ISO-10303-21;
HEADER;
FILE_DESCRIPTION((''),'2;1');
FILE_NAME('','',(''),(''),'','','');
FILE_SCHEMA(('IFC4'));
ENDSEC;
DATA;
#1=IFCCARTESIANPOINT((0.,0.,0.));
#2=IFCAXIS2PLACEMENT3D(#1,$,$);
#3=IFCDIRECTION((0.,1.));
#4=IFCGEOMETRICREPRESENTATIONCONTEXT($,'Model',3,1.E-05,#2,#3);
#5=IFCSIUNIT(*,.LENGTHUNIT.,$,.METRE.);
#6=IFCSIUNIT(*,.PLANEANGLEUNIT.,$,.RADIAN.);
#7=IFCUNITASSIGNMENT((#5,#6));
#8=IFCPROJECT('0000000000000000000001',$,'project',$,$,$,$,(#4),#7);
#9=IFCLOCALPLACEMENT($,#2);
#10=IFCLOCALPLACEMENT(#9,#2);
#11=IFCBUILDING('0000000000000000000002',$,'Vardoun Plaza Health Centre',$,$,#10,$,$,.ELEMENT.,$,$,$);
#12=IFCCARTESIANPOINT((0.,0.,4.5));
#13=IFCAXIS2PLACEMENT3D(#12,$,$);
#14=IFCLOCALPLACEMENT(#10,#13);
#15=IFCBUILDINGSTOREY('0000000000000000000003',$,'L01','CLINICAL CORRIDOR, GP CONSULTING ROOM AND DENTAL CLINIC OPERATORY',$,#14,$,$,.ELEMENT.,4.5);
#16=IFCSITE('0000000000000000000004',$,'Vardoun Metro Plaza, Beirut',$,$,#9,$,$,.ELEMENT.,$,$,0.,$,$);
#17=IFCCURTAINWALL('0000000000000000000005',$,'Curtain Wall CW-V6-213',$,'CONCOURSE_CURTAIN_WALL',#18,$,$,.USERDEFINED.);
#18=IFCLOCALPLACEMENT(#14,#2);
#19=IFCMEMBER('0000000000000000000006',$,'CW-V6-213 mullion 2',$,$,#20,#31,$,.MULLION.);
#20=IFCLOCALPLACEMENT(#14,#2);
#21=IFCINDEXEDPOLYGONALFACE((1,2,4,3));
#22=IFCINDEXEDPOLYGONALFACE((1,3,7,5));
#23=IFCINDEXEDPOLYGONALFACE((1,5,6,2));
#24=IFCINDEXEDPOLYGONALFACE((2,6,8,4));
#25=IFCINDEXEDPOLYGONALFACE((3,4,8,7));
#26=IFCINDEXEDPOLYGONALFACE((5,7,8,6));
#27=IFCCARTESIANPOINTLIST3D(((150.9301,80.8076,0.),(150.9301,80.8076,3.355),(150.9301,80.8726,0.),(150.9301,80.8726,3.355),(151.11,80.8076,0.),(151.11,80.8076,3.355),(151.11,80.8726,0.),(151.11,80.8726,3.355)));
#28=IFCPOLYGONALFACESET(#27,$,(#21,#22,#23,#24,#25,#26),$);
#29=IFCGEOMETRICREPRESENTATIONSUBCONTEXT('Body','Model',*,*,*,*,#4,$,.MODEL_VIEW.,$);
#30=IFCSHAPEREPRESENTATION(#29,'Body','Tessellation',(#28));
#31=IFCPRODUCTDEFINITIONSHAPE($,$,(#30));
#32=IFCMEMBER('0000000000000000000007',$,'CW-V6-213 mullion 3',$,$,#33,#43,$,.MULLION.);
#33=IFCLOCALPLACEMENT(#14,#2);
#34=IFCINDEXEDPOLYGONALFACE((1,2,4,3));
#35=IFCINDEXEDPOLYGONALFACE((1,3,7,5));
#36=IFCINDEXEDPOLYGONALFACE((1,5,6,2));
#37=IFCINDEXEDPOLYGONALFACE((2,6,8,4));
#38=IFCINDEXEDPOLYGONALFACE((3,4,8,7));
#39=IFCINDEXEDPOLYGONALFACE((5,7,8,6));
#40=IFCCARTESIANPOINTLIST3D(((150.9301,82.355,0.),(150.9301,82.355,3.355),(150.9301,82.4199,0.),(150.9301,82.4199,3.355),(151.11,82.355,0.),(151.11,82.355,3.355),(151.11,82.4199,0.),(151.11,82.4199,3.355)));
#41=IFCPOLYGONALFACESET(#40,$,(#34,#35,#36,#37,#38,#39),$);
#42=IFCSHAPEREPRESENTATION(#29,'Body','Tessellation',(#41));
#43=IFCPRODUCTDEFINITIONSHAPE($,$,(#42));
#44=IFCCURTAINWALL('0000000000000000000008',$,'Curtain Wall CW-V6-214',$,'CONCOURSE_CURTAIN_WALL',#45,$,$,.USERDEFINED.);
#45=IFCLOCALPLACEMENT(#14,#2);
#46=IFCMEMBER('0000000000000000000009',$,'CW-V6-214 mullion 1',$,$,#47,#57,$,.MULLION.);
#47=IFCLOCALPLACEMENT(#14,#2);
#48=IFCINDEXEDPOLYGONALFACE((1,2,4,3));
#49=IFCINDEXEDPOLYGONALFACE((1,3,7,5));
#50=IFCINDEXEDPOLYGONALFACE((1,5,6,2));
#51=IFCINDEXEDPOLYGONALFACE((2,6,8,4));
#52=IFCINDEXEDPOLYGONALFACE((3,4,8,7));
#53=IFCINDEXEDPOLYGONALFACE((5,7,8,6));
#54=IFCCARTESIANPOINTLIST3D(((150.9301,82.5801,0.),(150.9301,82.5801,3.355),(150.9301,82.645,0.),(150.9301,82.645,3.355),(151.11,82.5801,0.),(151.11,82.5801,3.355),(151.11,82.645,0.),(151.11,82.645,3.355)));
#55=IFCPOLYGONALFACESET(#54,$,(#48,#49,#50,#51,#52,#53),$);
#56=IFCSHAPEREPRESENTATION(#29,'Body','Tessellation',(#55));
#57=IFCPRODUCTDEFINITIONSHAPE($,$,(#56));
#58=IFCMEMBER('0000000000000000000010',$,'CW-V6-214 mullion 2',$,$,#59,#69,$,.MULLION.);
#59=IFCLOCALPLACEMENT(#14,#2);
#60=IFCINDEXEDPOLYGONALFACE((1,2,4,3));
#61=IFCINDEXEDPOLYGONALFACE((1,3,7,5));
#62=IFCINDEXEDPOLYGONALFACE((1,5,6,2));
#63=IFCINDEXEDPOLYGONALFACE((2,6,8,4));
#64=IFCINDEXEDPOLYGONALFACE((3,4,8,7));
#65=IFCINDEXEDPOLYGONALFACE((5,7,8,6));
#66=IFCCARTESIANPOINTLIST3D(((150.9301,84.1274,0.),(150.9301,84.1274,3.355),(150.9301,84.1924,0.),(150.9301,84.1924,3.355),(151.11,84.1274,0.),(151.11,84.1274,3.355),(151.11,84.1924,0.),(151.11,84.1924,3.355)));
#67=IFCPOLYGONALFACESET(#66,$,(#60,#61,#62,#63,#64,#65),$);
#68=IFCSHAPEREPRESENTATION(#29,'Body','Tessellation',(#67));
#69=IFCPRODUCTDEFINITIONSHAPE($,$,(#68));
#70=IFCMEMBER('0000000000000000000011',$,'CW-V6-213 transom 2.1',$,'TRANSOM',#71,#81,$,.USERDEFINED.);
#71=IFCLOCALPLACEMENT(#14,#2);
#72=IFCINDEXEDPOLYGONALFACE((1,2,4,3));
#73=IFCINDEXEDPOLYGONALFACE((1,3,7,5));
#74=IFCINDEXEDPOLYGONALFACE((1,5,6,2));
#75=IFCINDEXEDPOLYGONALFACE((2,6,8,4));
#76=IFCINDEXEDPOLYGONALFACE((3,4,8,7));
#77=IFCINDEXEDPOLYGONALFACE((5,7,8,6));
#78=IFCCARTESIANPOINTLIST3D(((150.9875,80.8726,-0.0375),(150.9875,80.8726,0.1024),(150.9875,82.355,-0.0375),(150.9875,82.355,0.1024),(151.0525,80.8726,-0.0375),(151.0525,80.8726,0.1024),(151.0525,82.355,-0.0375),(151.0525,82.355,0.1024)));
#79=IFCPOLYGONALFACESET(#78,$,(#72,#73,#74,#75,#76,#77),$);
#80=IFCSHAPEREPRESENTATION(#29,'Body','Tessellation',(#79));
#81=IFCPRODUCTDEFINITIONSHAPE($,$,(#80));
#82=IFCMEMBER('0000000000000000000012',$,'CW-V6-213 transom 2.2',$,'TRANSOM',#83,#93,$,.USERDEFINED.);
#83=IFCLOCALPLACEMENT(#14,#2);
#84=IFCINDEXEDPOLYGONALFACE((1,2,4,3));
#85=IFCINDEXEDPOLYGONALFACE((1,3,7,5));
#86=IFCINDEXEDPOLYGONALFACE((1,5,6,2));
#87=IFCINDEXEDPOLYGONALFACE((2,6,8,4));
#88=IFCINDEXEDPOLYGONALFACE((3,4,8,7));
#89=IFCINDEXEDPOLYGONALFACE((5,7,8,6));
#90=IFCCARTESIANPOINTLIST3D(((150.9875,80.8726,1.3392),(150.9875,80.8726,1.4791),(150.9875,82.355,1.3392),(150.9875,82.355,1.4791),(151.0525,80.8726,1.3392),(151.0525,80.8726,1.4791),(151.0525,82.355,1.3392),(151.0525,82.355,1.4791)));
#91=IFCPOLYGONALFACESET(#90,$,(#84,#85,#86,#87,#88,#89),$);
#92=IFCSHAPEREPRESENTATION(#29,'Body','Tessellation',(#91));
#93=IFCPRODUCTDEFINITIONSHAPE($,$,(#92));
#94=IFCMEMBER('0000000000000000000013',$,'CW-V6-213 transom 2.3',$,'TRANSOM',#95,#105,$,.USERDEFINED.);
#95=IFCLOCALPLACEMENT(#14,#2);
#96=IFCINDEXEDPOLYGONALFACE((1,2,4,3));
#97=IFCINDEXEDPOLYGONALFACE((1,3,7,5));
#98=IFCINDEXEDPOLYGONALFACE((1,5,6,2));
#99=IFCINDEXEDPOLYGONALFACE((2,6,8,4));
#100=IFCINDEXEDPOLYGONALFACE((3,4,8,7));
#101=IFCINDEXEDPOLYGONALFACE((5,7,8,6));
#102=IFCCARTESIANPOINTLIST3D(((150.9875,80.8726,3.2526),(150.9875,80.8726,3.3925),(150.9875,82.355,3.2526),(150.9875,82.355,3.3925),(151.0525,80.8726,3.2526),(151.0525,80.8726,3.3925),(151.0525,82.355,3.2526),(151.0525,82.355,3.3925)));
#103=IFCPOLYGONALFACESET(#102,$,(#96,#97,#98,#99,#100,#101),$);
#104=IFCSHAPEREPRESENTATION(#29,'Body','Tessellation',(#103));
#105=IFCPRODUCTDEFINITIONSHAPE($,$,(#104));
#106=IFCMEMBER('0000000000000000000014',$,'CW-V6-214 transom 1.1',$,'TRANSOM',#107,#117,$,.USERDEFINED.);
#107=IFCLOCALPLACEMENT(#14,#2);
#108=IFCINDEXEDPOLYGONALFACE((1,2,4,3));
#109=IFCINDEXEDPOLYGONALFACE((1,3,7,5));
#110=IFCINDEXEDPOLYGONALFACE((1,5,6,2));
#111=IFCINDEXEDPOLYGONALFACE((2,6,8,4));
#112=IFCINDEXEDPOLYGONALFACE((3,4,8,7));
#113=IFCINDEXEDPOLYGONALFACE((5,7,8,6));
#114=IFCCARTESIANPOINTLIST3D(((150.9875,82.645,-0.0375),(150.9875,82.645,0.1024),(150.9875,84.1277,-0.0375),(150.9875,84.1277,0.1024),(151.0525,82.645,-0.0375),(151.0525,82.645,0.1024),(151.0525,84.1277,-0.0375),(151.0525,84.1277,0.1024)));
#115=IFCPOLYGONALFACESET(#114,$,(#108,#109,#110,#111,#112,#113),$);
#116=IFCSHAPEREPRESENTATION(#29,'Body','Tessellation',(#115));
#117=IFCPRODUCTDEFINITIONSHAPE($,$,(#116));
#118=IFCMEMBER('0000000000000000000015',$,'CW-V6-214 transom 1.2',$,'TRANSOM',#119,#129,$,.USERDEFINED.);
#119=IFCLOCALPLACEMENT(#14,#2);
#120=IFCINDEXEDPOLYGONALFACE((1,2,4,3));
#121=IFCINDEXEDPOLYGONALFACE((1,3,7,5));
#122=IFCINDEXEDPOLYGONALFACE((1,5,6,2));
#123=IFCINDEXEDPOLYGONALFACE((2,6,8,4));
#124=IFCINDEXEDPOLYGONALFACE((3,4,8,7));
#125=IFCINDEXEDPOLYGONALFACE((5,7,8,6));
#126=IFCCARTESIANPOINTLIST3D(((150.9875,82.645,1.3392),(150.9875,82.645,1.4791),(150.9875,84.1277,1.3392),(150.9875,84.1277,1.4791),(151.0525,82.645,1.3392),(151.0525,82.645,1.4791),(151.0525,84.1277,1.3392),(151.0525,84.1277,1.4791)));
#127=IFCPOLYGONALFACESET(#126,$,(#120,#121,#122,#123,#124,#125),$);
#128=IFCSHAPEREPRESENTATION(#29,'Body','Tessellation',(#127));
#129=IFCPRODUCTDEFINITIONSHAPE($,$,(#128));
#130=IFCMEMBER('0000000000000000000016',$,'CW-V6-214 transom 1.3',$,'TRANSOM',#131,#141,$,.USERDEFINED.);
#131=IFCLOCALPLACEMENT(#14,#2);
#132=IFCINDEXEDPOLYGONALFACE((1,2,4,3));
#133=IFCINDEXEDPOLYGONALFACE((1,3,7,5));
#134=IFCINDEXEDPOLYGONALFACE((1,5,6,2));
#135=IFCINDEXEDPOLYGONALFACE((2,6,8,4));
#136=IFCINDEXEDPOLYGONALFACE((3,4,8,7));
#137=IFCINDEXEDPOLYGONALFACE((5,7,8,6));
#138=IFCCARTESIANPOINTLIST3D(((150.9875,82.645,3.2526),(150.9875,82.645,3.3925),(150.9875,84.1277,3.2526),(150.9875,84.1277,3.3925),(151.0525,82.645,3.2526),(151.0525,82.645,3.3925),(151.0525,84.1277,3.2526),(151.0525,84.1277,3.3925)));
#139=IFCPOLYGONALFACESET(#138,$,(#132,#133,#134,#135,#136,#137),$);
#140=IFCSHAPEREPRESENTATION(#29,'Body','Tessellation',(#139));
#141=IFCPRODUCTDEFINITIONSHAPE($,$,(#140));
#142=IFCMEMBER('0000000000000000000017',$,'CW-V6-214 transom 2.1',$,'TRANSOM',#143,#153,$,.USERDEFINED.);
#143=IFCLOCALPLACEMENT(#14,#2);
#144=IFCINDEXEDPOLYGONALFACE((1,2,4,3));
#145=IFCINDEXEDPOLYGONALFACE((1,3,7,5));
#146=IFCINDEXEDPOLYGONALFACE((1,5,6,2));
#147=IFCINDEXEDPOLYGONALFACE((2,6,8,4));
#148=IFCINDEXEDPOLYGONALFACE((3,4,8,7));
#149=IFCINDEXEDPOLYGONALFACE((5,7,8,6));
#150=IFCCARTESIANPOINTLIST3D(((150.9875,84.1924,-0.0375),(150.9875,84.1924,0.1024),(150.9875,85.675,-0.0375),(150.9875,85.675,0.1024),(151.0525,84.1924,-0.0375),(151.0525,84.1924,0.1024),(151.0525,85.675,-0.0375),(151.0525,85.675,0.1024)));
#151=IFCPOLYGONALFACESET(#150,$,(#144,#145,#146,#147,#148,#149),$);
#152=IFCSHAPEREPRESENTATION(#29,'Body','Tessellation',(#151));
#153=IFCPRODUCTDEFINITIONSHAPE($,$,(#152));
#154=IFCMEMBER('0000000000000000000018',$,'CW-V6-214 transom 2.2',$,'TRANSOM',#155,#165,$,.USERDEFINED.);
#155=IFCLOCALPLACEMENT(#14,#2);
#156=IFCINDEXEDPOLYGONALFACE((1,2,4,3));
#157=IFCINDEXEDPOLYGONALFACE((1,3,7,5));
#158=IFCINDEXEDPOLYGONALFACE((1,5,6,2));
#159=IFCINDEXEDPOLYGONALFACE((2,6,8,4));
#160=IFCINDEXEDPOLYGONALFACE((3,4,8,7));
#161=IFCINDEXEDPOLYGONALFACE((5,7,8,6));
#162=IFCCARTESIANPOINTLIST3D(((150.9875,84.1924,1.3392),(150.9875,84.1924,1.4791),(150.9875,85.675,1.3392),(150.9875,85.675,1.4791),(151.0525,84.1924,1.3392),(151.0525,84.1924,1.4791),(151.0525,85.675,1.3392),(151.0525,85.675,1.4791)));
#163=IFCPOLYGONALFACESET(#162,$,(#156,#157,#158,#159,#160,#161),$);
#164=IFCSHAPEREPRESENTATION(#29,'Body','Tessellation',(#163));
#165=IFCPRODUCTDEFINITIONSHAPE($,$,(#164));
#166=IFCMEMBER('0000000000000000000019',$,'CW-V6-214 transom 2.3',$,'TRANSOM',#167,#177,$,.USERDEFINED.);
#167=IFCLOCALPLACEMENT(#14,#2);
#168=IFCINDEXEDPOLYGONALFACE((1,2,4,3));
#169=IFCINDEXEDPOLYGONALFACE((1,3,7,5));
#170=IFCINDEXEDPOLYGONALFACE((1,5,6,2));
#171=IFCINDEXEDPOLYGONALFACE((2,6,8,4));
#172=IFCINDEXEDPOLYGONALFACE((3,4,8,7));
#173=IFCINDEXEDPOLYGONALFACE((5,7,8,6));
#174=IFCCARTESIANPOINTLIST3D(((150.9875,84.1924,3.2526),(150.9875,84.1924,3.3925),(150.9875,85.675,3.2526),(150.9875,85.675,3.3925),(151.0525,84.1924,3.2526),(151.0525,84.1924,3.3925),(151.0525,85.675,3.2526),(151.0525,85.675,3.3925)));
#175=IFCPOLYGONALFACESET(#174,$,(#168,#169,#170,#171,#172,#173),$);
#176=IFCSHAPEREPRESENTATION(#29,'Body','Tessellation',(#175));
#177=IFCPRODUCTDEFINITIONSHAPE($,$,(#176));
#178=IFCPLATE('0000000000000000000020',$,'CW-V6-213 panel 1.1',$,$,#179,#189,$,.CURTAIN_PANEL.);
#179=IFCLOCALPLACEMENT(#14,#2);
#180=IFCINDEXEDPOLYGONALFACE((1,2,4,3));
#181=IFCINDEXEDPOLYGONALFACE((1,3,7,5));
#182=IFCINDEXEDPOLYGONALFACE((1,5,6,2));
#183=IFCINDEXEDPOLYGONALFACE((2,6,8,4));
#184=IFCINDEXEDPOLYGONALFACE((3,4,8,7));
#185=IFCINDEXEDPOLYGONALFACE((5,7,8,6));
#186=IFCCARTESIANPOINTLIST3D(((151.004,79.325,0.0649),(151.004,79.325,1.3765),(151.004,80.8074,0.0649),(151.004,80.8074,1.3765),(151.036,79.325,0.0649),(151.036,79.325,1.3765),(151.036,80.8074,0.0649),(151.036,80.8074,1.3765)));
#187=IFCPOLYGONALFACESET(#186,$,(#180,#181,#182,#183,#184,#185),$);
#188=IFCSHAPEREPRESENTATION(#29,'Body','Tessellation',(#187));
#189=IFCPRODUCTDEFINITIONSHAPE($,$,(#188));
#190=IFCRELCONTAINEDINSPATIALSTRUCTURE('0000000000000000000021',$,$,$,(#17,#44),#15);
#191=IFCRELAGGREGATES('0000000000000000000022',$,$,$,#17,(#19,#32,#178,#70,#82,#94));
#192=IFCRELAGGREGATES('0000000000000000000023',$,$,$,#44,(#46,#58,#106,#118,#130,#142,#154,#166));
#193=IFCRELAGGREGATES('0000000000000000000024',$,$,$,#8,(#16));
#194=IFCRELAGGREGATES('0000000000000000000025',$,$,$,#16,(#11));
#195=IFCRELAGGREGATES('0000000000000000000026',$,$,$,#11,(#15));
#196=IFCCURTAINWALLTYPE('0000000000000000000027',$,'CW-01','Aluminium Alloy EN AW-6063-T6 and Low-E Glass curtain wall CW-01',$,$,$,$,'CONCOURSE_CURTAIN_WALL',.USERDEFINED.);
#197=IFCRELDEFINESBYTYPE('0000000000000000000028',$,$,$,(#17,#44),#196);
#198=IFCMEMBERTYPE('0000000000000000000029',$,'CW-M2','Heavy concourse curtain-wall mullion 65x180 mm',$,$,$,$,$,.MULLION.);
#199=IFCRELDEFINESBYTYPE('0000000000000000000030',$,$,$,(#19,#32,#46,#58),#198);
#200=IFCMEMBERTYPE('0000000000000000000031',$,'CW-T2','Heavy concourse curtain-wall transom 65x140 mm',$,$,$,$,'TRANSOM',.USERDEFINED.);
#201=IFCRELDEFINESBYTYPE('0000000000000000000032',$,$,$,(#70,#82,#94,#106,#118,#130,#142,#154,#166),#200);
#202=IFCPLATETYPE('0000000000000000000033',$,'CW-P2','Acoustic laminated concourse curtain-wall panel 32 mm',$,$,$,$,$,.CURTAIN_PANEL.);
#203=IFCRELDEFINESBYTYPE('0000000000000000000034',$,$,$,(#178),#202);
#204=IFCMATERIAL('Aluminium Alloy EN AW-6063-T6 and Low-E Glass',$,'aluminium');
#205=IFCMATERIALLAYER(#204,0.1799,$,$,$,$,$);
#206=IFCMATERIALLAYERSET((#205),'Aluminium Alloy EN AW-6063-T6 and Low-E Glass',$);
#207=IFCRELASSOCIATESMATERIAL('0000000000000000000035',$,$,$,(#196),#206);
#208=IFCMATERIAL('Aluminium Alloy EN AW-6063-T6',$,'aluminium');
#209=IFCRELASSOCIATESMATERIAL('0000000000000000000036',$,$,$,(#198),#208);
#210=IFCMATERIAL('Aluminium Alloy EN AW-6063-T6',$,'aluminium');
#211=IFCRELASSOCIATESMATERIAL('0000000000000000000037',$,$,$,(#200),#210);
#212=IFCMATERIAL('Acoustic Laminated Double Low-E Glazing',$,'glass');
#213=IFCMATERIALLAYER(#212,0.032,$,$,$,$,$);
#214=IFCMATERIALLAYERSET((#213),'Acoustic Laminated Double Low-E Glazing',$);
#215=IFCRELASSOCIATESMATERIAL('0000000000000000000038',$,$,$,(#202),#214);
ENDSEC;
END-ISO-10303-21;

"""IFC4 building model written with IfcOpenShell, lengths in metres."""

from ifc_helpers import new_model, si_unit, direction, frame, origin, origin_2d, place, context, subcontext, project, spatial, rectangle, extrude, material, layer, layer_set, material_profile, profile_set, type_object, element, aggregate, save


model = new_model("IFC4")

# Units and contexts
model_context = context("Model", 3, precision=1e-05, world=origin(), true_north=direction((0.0, 1.0)))
body_context = subcontext(model_context, "Body", "Model", "MODEL_VIEW")
ifc_project = project(units=[si_unit("LENGTHUNIT", "METRE"), si_unit("PLANEANGLEUNIT", "RADIAN")], contexts=[model_context])

# Site, building, storey
site_placement = place(None, origin())
site = spatial("IfcSite", under=ifc_project, at=site_placement, Name="Vardoun Metro Plaza, Beirut", CompositionType="ELEMENT", RefElevation=0.0)
building_placement = place(site_placement, origin())
building = spatial("IfcBuilding", under=site, at=building_placement, Name="Vardoun Plaza Health Centre", CompositionType="ELEMENT")
storey_placement = place(building_placement, frame((0.0, 0.0, 4.5)))
storey = spatial("IfcBuildingStorey", under=building, at=storey_placement, Name="L01", Description="CLINICAL CORRIDOR, GP CONSULTING ROOM AND DENTAL CLINIC OPERATORY", CompositionType="ELEMENT", Elevation=4.5)

# Curtain walls, members
ifc_material_1 = material(Name="Aluminium Alloy EN AW-6063-T6 and Low-E Glass", Category="aluminium")
ifc_layer_1 = layer(ifc_material_1, 0.1799)
ifc_layer_set_1 = layer_set([ifc_layer_1], Name="Aluminium Alloy EN AW-6063-T6 and Low-E Glass")
curtain_wall_type = type_object("IfcCurtainWallType", Name="CW-01", Description="Aluminium Alloy EN AW-6063-T6 and Low-E Glass curtain wall CW-01", ElementType="CONCOURSE_CURTAIN_WALL", PredefinedType="USERDEFINED", material=ifc_layer_set_1)
curtain_wall_1_placement = place(storey_placement, origin())
curtain_wall_1 = element("IfcCurtainWall", 1, at=curtain_wall_1_placement, inside=storey, type_object=curtain_wall_type, Name="Curtain Wall CW-V6-213", ObjectType="CONCOURSE_CURTAIN_WALL", PredefinedType="USERDEFINED")
ifc_material_2 = material(Name="Aluminium Alloy EN AW-6063-T6", Category="aluminium")
ifc_material_profile_1 = material_profile(ifc_material_2, rectangle(XDim=0.1799, YDim=0.0649, at=origin_2d()), Name="CWM 65x180")
ifc_profile_set_1 = profile_set([ifc_material_profile_1], Name="Aluminium Alloy EN AW-6063-T6")
member_type_1 = type_object("IfcMemberType", Name="CW-M2", Description="Heavy concourse curtain-wall mullion 65x180 mm", PredefinedType="MULLION", material=ifc_profile_set_1)
member_1_placement = place(storey_placement, frame((151.02, 80.8401, 0.0), z_axis=(0.0, 0.0, 1.0), x_axis=(-1.0, 0.0, 0.0)))
member_1 = element("IfcMember", 2, at=member_1_placement, type_object=member_type_1, Name="CW-V6-213 mullion 2", PredefinedType="MULLION", context=body_context, shape_type="SweptSolid", body=[
    extrude(rectangle(XDim=0.1799, YDim=0.0649, at=origin_2d()), origin(), (0.0, 0.0, 1.0), 3.355),
])
member_2_placement = place(storey_placement, frame((151.02, 82.3875, 0.0), z_axis=(0.0, 0.0, 1.0), x_axis=(-1.0, 0.0, 0.0)))
member_2 = element("IfcMember", 3, at=member_2_placement, type_object=member_type_1, Name="CW-V6-213 mullion 3", PredefinedType="MULLION", context=body_context, shape_type="SweptSolid", body=[
    extrude(rectangle(XDim=0.1799, YDim=0.0649, at=origin_2d()), origin(), (0.0, 0.0, 1.0), 3.355),
])
curtain_wall_2_placement = place(storey_placement, origin())
curtain_wall_2 = element("IfcCurtainWall", 4, at=curtain_wall_2_placement, inside=storey, type_object=curtain_wall_type, Name="Curtain Wall CW-V6-214", ObjectType="CONCOURSE_CURTAIN_WALL", PredefinedType="USERDEFINED")
member_3_placement = place(storey_placement, frame((151.02, 82.6125, 0.0), z_axis=(0.0, 0.0, 1.0), x_axis=(-1.0, 0.0, 0.0)))
member_3 = element("IfcMember", 5, at=member_3_placement, type_object=member_type_1, Name="CW-V6-214 mullion 1", PredefinedType="MULLION", context=body_context, shape_type="SweptSolid", body=[
    extrude(rectangle(XDim=0.1799, YDim=0.0649, at=origin_2d()), origin(), (0.0, 0.0, 1.0), 3.355),
])
member_4_placement = place(storey_placement, frame((151.02, 84.1599, 0.0), z_axis=(0.0, 0.0, 1.0), x_axis=(-1.0, 0.0, 0.0)))
member_4 = element("IfcMember", 6, at=member_4_placement, type_object=member_type_1, Name="CW-V6-214 mullion 2", PredefinedType="MULLION", context=body_context, shape_type="SweptSolid", body=[
    extrude(rectangle(XDim=0.1799, YDim=0.0649, at=origin_2d()), origin(), (0.0, 0.0, 1.0), 3.355),
])

# Members
ifc_material_3 = material(Name="Aluminium Alloy EN AW-6063-T6", Category="aluminium")
ifc_material_profile_2 = material_profile(ifc_material_3, rectangle(XDim=0.0649, YDim=0.1399, at=origin_2d()), Name="CWT 65x140")
ifc_profile_set_2 = profile_set([ifc_material_profile_2], Name="Aluminium Alloy EN AW-6063-T6")
member_type_2 = type_object("IfcMemberType", Name="CW-T2", Description="Heavy concourse curtain-wall transom 65x140 mm", ElementType="TRANSOM", PredefinedType="USERDEFINED", material=ifc_profile_set_2)
member_5_placement = place(storey_placement, frame((151.02, 80.8726, 0.0325), z_axis=(0.0, 1.0, 0.0), x_axis=(-1.0, 0.0, 0.0)))
member_5 = element("IfcMember", 7, at=member_5_placement, type_object=member_type_2, Name="CW-V6-213 transom 2.1", ObjectType="TRANSOM", PredefinedType="USERDEFINED", context=body_context, shape_type="SweptSolid", body=[
    extrude(rectangle(XDim=0.0649, YDim=0.1399, at=origin_2d()), origin(), (0.0, 0.0, 1.0), 1.4824),
])
member_6_placement = place(storey_placement, frame((151.02, 80.8726, 1.4092), z_axis=(0.0, 1.0, 0.0), x_axis=(-1.0, 0.0, 0.0)))
member_6 = element("IfcMember", 8, at=member_6_placement, type_object=member_type_2, Name="CW-V6-213 transom 2.2", ObjectType="TRANSOM", PredefinedType="USERDEFINED", context=body_context, shape_type="SweptSolid", body=[
    extrude(rectangle(XDim=0.0649, YDim=0.1399, at=origin_2d()), origin(), (0.0, 0.0, 1.0), 1.4824),
])
member_7_placement = place(storey_placement, frame((151.02, 80.8726, 3.3225), z_axis=(0.0, 1.0, 0.0), x_axis=(-1.0, 0.0, 0.0)))
member_7 = element("IfcMember", 9, at=member_7_placement, type_object=member_type_2, Name="CW-V6-213 transom 2.3", ObjectType="TRANSOM", PredefinedType="USERDEFINED", context=body_context, shape_type="SweptSolid", body=[
    extrude(rectangle(XDim=0.0649, YDim=0.1399, at=origin_2d()), origin(), (0.0, 0.0, 1.0), 1.4824),
])
member_8_placement = place(storey_placement, frame((151.02, 82.645, 0.0325), z_axis=(0.0, 1.0, 0.0), x_axis=(-1.0, 0.0, 0.0)))
member_8 = element("IfcMember", 10, at=member_8_placement, type_object=member_type_2, Name="CW-V6-214 transom 1.1", ObjectType="TRANSOM", PredefinedType="USERDEFINED", context=body_context, shape_type="SweptSolid", body=[
    extrude(rectangle(XDim=0.0649, YDim=0.1399, at=origin_2d()), origin(), (0.0, 0.0, 1.0), 1.4827),
])
member_9_placement = place(storey_placement, frame((151.02, 82.645, 1.4092), z_axis=(0.0, 1.0, 0.0), x_axis=(-1.0, 0.0, 0.0)))
member_9 = element("IfcMember", 11, at=member_9_placement, type_object=member_type_2, Name="CW-V6-214 transom 1.2", ObjectType="TRANSOM", PredefinedType="USERDEFINED", context=body_context, shape_type="SweptSolid", body=[
    extrude(rectangle(XDim=0.0649, YDim=0.1399, at=origin_2d()), origin(), (0.0, 0.0, 1.0), 1.4827),
])
member_10_placement = place(storey_placement, frame((151.02, 82.645, 3.3225), z_axis=(0.0, 1.0, 0.0), x_axis=(-1.0, 0.0, 0.0)))
member_10 = element("IfcMember", 12, at=member_10_placement, type_object=member_type_2, Name="CW-V6-214 transom 1.3", ObjectType="TRANSOM", PredefinedType="USERDEFINED", context=body_context, shape_type="SweptSolid", body=[
    extrude(rectangle(XDim=0.0649, YDim=0.1399, at=origin_2d()), origin(), (0.0, 0.0, 1.0), 1.4827),
])
member_11_placement = place(storey_placement, frame((151.02, 84.1924, 0.0325), z_axis=(0.0, 1.0, 0.0), x_axis=(-1.0, 0.0, 0.0)))
member_11 = element("IfcMember", 13, at=member_11_placement, type_object=member_type_2, Name="CW-V6-214 transom 2.1", ObjectType="TRANSOM", PredefinedType="USERDEFINED", context=body_context, shape_type="SweptSolid", body=[
    extrude(rectangle(XDim=0.0649, YDim=0.1399, at=origin_2d()), origin(), (0.0, 0.0, 1.0), 1.4827),
])
member_12_placement = place(storey_placement, frame((151.02, 84.1924, 1.4092), z_axis=(0.0, 1.0, 0.0), x_axis=(-1.0, 0.0, 0.0)))
member_12 = element("IfcMember", 14, at=member_12_placement, type_object=member_type_2, Name="CW-V6-214 transom 2.2", ObjectType="TRANSOM", PredefinedType="USERDEFINED", context=body_context, shape_type="SweptSolid", body=[
    extrude(rectangle(XDim=0.0649, YDim=0.1399, at=origin_2d()), origin(), (0.0, 0.0, 1.0), 1.4827),
])
member_13_placement = place(storey_placement, frame((151.02, 84.1924, 3.3225), z_axis=(0.0, 1.0, 0.0), x_axis=(-1.0, 0.0, 0.0)))
member_13 = element("IfcMember", 15, at=member_13_placement, type_object=member_type_2, Name="CW-V6-214 transom 2.3", ObjectType="TRANSOM", PredefinedType="USERDEFINED", context=body_context, shape_type="SweptSolid", body=[
    extrude(rectangle(XDim=0.0649, YDim=0.1399, at=origin_2d()), origin(), (0.0, 0.0, 1.0), 1.4827),
])

# Plate
ifc_material_4 = material(Name="Acoustic Laminated Double Low-E Glazing", Category="glass")
ifc_layer_2 = layer(ifc_material_4, 0.032)
ifc_layer_set_2 = layer_set([ifc_layer_2], Name="Acoustic Laminated Double Low-E Glazing")
plate_type = type_object("IfcPlateType", Name="CW-P2", Description="Acoustic laminated concourse curtain-wall panel 32 mm", PredefinedType="CURTAIN_PANEL", material=ifc_layer_set_2)
plate_1_placement = place(storey_placement, frame((151.02, 80.0662, 0.0649), z_axis=(0.0, 0.0, 1.0), x_axis=(0.0, 1.0, 0.0)))
plate_1 = element("IfcPlate", 16, at=plate_1_placement, type_object=plate_type, Name="CW-V6-213 panel 1.1", PredefinedType="CURTAIN_PANEL", context=body_context, shape_type="SweptSolid", body=[
    extrude(rectangle(XDim=1.4824, YDim=0.032, at=origin_2d()), origin(), (0.0, 0.0, 1.0), 1.3115),
])
aggregate(curtain_wall_1, [member_1, member_2, plate_1, member_5, member_6, member_7])
aggregate(curtain_wall_2, [member_3, member_4, member_8, member_9, member_10, member_11, member_12, member_13])

save(model, "model.ifc")
